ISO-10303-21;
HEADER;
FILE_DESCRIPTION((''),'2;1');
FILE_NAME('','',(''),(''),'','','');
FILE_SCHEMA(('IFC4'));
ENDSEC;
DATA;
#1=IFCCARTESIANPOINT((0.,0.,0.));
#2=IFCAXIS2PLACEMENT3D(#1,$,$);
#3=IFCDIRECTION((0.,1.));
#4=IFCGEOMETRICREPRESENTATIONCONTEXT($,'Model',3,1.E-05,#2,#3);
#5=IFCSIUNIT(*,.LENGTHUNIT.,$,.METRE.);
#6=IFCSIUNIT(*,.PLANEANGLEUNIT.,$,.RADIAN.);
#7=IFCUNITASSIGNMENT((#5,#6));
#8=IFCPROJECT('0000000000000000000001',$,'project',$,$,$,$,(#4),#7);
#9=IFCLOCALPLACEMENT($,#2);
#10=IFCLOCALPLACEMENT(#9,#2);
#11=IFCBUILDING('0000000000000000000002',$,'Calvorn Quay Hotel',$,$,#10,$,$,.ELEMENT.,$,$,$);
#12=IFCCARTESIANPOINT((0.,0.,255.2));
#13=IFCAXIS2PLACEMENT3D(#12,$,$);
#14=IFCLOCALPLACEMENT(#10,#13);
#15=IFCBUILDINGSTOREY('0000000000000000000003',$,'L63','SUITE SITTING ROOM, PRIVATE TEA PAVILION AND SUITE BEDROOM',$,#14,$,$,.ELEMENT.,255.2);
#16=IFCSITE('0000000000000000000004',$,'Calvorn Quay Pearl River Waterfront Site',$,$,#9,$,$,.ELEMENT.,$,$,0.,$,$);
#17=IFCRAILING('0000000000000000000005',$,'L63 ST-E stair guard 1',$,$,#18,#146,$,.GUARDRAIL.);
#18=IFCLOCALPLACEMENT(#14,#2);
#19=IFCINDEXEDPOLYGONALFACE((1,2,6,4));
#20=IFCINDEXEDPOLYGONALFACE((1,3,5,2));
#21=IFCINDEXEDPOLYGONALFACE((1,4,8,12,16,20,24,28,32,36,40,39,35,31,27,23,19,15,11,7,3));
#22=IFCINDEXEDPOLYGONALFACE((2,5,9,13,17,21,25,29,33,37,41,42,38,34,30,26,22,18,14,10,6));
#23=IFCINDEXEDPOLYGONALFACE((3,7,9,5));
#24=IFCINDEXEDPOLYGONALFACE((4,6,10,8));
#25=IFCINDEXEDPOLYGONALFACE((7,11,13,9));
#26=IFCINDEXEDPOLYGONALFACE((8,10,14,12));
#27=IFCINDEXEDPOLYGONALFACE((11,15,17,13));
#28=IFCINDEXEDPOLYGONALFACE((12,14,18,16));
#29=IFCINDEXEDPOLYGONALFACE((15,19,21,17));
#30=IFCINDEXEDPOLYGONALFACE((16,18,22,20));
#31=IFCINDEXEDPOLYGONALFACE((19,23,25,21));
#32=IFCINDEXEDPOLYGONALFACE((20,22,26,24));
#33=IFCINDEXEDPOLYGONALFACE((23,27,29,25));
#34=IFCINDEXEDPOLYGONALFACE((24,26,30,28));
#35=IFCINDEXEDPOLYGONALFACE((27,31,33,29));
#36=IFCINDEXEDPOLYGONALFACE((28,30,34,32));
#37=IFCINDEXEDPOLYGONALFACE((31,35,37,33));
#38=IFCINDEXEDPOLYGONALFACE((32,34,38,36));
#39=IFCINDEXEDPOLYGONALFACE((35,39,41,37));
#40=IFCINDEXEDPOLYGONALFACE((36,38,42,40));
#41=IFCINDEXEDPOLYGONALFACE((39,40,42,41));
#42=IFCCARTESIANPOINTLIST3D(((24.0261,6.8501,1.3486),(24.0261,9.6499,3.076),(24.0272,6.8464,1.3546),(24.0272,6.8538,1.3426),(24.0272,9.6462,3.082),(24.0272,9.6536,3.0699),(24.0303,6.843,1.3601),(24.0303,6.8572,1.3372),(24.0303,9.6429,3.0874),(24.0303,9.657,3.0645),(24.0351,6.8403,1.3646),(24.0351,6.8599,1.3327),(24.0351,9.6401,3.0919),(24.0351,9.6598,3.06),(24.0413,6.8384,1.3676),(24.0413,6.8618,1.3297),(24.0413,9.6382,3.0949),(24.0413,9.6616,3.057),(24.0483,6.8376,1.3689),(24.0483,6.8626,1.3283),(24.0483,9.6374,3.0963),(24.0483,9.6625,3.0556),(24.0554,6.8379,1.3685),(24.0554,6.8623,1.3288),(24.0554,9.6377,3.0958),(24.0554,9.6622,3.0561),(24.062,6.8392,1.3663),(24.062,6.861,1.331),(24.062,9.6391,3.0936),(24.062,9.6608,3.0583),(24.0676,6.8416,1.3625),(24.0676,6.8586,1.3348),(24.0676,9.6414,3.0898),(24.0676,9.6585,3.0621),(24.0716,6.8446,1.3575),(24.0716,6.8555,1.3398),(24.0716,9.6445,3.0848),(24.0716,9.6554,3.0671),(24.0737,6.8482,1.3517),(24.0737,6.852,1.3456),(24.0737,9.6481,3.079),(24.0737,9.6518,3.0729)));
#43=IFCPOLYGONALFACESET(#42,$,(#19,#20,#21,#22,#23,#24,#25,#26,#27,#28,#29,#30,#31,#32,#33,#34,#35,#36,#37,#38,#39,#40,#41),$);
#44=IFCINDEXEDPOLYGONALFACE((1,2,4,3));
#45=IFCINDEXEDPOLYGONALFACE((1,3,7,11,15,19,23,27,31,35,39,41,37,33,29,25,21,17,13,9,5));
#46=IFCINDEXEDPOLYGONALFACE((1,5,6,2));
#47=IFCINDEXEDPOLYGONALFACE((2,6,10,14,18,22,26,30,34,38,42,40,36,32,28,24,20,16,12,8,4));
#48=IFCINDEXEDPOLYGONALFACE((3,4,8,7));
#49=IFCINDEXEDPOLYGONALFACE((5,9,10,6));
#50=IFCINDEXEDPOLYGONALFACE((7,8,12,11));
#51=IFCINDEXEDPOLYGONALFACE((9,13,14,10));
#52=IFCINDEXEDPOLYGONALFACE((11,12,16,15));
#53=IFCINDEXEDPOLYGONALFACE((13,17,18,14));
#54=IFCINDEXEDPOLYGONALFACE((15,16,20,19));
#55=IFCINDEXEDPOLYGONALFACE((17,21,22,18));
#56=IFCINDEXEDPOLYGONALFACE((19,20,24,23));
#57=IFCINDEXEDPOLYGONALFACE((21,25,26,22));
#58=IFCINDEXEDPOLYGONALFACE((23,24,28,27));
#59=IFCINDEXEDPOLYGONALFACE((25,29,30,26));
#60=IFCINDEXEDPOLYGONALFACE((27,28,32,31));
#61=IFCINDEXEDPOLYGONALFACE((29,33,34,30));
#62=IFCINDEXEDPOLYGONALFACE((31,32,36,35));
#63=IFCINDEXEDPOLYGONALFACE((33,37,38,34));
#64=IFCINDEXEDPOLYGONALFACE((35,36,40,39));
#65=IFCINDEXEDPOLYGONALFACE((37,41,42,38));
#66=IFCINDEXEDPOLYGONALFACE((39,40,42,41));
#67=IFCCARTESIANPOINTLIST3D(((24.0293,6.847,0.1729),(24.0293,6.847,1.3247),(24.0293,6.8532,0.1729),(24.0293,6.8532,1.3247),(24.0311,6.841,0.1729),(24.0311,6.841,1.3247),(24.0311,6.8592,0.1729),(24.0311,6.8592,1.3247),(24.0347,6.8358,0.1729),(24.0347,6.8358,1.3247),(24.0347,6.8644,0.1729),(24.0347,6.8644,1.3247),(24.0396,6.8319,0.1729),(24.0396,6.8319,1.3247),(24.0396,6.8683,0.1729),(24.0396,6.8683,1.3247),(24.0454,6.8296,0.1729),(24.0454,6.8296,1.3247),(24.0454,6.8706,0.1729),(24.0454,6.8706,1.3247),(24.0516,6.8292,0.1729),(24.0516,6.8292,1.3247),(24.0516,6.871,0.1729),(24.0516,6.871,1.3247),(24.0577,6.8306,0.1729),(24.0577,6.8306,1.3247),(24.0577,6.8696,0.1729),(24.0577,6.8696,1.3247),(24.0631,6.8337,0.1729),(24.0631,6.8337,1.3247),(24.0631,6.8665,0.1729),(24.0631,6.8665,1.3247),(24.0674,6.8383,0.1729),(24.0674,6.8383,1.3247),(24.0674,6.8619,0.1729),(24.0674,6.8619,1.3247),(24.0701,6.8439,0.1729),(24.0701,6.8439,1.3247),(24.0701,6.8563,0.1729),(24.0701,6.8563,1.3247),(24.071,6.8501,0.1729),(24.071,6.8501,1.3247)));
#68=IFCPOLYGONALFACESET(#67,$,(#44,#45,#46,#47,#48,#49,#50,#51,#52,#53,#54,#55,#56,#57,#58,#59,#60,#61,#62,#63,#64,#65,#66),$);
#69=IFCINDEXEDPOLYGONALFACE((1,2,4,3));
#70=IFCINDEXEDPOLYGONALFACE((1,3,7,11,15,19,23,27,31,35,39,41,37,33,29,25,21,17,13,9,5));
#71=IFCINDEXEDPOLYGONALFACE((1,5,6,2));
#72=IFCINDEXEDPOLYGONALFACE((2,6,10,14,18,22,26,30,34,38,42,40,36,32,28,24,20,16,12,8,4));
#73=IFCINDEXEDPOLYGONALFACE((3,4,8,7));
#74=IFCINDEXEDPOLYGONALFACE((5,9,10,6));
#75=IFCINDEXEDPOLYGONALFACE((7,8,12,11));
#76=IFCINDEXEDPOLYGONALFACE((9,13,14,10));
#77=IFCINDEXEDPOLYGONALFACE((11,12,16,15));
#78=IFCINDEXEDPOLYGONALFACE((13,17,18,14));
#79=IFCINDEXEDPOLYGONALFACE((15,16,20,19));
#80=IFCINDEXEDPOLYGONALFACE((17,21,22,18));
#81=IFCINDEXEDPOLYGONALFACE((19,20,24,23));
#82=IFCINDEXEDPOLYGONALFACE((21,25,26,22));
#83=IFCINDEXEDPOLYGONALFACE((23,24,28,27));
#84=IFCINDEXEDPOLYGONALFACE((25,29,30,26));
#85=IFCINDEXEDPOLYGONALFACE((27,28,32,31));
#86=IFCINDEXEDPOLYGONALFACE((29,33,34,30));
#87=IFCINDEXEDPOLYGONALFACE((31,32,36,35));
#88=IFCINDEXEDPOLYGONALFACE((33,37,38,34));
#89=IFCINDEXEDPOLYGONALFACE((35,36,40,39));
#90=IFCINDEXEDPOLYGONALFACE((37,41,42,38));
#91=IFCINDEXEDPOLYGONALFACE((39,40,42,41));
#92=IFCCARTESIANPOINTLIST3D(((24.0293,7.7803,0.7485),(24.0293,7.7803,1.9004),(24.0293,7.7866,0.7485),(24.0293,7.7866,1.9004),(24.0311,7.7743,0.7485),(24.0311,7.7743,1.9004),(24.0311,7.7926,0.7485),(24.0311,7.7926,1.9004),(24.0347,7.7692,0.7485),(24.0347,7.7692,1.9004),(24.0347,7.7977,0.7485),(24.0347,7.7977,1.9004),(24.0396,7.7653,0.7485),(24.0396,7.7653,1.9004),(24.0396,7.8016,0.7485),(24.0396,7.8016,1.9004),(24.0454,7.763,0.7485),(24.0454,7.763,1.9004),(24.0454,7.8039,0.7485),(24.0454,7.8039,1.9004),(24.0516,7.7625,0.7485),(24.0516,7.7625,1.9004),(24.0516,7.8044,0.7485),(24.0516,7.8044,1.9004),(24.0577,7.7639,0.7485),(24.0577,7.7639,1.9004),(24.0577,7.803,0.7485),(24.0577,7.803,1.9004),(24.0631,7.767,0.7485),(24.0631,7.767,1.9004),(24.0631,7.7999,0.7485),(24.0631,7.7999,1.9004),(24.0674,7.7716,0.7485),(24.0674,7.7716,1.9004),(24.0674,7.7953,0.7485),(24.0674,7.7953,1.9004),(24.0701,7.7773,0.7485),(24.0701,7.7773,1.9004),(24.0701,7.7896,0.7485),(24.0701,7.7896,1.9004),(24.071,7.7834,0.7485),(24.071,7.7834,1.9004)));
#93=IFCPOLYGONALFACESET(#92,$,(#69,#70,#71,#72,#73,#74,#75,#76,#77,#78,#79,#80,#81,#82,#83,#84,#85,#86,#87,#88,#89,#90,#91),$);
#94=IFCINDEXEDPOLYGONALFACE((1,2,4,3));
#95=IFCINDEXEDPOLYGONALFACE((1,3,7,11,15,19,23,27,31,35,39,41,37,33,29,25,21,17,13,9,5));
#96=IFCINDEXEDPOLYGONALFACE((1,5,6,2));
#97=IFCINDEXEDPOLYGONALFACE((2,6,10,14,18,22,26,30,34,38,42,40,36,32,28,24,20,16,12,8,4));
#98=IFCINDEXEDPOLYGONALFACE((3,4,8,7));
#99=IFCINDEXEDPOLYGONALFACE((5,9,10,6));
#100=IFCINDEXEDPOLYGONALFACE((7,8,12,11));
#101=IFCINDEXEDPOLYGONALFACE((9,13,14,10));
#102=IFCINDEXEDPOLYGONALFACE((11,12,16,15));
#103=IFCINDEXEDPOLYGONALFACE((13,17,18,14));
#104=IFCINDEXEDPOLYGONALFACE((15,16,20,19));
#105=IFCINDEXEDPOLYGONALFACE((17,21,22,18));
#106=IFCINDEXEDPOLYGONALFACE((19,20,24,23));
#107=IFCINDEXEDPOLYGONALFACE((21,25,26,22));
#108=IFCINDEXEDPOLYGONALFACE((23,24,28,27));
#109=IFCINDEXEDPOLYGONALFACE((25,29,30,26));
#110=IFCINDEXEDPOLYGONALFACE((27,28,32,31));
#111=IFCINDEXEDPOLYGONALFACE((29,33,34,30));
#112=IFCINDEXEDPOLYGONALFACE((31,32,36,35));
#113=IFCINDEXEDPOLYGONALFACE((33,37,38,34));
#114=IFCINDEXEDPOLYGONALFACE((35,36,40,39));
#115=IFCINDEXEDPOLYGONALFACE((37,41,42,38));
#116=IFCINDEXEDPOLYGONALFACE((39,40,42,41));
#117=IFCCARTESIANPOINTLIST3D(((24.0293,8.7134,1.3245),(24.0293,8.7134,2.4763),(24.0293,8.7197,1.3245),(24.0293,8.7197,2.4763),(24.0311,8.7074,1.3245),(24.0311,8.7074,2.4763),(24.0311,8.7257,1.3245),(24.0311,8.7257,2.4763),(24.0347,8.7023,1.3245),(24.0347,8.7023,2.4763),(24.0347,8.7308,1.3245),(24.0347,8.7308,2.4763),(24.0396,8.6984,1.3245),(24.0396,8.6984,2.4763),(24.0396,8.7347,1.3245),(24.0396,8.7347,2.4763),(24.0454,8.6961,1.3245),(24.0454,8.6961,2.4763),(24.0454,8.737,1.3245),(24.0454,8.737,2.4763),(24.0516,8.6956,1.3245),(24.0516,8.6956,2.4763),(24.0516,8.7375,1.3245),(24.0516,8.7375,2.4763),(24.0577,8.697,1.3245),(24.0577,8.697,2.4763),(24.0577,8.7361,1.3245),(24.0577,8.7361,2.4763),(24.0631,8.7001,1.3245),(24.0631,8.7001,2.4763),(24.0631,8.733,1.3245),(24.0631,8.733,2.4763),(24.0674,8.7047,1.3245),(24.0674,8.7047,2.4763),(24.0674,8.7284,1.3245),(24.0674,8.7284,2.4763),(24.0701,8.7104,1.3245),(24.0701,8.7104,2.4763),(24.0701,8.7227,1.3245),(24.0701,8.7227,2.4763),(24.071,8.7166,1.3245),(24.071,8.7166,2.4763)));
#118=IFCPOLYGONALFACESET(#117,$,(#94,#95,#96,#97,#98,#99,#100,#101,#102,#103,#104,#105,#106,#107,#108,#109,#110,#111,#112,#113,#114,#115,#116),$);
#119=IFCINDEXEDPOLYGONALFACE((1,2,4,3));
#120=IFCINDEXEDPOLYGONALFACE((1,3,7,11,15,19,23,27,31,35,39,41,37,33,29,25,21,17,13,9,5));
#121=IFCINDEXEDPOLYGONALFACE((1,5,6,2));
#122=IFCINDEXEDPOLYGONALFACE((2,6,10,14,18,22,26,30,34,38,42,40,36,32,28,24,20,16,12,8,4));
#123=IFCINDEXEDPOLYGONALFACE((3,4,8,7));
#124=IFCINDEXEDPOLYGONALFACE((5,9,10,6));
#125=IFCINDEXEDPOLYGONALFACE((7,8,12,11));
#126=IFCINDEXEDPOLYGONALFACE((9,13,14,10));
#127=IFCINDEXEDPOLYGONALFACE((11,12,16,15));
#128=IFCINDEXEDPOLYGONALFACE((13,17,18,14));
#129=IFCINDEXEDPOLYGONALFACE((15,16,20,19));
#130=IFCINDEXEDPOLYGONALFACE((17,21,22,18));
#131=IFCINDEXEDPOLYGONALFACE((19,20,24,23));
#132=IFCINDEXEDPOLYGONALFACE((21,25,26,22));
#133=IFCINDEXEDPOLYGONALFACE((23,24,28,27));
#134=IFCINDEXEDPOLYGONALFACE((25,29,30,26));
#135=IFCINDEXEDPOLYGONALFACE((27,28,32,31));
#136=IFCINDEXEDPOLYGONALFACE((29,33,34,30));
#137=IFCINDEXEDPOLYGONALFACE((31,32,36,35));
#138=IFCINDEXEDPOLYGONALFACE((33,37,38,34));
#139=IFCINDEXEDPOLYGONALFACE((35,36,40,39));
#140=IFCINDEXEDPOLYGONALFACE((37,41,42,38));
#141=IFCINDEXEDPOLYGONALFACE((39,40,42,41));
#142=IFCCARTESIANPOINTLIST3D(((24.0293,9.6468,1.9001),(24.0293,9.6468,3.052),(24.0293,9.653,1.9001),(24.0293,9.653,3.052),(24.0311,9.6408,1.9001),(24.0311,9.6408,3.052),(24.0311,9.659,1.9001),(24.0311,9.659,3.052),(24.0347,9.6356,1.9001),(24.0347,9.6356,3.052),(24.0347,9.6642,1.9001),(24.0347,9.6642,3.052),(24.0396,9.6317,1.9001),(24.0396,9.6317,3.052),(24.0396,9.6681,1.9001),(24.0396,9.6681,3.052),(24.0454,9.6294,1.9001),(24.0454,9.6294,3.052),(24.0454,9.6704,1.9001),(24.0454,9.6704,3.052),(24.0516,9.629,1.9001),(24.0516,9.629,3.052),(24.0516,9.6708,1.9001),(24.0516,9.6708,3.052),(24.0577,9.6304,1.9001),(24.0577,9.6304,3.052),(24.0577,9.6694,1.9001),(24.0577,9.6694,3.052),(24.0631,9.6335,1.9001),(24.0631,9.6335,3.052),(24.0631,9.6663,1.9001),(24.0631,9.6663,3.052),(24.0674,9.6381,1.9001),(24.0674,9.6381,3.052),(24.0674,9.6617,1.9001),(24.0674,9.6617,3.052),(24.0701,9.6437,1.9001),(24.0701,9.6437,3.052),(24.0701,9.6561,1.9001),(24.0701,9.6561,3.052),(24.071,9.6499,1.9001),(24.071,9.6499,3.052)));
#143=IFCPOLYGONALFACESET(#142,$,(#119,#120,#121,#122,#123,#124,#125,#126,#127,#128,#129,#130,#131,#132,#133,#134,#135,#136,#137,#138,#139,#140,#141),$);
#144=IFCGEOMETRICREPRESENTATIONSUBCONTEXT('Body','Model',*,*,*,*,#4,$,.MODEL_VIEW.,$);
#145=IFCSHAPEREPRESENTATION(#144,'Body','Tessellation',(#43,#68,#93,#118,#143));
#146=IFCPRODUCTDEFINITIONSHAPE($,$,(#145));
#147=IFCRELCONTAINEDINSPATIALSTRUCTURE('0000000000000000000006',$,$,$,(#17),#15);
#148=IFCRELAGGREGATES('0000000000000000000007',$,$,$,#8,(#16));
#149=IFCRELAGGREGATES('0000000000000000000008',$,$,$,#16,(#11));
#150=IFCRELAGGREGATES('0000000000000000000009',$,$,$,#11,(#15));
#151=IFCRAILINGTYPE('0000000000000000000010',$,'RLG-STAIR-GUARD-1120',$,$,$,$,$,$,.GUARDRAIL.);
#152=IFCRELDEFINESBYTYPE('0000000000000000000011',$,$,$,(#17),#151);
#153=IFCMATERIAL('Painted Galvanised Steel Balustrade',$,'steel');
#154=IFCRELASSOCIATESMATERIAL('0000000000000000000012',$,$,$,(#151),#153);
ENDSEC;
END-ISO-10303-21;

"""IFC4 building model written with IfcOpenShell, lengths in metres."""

from ifc_helpers import new_model, si_unit, direction, frame, origin, origin_2d, place, context, subcontext, project, spatial, circle, extrude, material, type_object, element, save


model = new_model("IFC4")

# Units and contexts
model_context = context("Model", 3, precision=1e-05, world=origin(), true_north=direction((0.0, 1.0)))
body_context = subcontext(model_context, "Body", "Model", "MODEL_VIEW")
ifc_project = project(units=[si_unit("LENGTHUNIT", "METRE"), si_unit("PLANEANGLEUNIT", "RADIAN")], contexts=[model_context])

# Site, building, storey
site_placement = place(None, origin())
site = spatial("IfcSite", under=ifc_project, at=site_placement, Name="Calvorn Quay Pearl River Waterfront Site", CompositionType="ELEMENT", RefElevation=0.0)
building_placement = place(site_placement, origin())
building = spatial("IfcBuilding", under=site, at=building_placement, Name="Calvorn Quay Hotel", CompositionType="ELEMENT")
storey_placement = place(building_placement, frame((0.0, 0.0, 255.2)))
storey = spatial("IfcBuildingStorey", under=building, at=storey_placement, Name="L63", Description="SUITE SITTING ROOM, PRIVATE TEA PAVILION AND SUITE BEDROOM", CompositionType="ELEMENT", Elevation=255.2)

# Railing
ifc_material_1 = material(Name="Painted Galvanised Steel Balustrade", Category="steel")
railing_type_1 = type_object("IfcRailingType", Name="RLG-STAIR-GUARD-1120", PredefinedType="GUARDRAIL", material=ifc_material_1)
railing_1_placement = place(storey_placement, frame((24.05, 6.8501, 0.1729)))
element("IfcRailing", 1, at=railing_1_placement, inside=storey, type_object=railing_type_1, Name="L63 ST-E stair guard 1", PredefinedType="GUARDRAIL", context=body_context, shape_type="SweptSolid", body=[
    extrude(circle(Radius=0.0239, at=origin_2d()), frame((0.0, 0.0, 1.1758), z_axis=(0.0, 0.851069, 0.525054), x_axis=(-1.0, 0.0, 0.0)), (0.0, 0.0, 1.0), 3.2898),
    extrude(circle(Radius=0.021, at=origin_2d()), origin(), (0.0, 0.0, 1.0), 1.1519),
    extrude(circle(Radius=0.021, at=origin_2d()), frame((0.0, 0.9333, 0.5757)), (0.0, 0.0, 1.0), 1.1519),
    extrude(circle(Radius=0.021, at=origin_2d()), frame((0.0, 1.8665, 1.1516)), (0.0, 0.0, 1.0), 1.1519),
    extrude(circle(Radius=0.021, at=origin_2d()), frame((0.0, 2.7998, 1.7273)), (0.0, 0.0, 1.0), 1.1519),
])

save(model, "model.ifc")
